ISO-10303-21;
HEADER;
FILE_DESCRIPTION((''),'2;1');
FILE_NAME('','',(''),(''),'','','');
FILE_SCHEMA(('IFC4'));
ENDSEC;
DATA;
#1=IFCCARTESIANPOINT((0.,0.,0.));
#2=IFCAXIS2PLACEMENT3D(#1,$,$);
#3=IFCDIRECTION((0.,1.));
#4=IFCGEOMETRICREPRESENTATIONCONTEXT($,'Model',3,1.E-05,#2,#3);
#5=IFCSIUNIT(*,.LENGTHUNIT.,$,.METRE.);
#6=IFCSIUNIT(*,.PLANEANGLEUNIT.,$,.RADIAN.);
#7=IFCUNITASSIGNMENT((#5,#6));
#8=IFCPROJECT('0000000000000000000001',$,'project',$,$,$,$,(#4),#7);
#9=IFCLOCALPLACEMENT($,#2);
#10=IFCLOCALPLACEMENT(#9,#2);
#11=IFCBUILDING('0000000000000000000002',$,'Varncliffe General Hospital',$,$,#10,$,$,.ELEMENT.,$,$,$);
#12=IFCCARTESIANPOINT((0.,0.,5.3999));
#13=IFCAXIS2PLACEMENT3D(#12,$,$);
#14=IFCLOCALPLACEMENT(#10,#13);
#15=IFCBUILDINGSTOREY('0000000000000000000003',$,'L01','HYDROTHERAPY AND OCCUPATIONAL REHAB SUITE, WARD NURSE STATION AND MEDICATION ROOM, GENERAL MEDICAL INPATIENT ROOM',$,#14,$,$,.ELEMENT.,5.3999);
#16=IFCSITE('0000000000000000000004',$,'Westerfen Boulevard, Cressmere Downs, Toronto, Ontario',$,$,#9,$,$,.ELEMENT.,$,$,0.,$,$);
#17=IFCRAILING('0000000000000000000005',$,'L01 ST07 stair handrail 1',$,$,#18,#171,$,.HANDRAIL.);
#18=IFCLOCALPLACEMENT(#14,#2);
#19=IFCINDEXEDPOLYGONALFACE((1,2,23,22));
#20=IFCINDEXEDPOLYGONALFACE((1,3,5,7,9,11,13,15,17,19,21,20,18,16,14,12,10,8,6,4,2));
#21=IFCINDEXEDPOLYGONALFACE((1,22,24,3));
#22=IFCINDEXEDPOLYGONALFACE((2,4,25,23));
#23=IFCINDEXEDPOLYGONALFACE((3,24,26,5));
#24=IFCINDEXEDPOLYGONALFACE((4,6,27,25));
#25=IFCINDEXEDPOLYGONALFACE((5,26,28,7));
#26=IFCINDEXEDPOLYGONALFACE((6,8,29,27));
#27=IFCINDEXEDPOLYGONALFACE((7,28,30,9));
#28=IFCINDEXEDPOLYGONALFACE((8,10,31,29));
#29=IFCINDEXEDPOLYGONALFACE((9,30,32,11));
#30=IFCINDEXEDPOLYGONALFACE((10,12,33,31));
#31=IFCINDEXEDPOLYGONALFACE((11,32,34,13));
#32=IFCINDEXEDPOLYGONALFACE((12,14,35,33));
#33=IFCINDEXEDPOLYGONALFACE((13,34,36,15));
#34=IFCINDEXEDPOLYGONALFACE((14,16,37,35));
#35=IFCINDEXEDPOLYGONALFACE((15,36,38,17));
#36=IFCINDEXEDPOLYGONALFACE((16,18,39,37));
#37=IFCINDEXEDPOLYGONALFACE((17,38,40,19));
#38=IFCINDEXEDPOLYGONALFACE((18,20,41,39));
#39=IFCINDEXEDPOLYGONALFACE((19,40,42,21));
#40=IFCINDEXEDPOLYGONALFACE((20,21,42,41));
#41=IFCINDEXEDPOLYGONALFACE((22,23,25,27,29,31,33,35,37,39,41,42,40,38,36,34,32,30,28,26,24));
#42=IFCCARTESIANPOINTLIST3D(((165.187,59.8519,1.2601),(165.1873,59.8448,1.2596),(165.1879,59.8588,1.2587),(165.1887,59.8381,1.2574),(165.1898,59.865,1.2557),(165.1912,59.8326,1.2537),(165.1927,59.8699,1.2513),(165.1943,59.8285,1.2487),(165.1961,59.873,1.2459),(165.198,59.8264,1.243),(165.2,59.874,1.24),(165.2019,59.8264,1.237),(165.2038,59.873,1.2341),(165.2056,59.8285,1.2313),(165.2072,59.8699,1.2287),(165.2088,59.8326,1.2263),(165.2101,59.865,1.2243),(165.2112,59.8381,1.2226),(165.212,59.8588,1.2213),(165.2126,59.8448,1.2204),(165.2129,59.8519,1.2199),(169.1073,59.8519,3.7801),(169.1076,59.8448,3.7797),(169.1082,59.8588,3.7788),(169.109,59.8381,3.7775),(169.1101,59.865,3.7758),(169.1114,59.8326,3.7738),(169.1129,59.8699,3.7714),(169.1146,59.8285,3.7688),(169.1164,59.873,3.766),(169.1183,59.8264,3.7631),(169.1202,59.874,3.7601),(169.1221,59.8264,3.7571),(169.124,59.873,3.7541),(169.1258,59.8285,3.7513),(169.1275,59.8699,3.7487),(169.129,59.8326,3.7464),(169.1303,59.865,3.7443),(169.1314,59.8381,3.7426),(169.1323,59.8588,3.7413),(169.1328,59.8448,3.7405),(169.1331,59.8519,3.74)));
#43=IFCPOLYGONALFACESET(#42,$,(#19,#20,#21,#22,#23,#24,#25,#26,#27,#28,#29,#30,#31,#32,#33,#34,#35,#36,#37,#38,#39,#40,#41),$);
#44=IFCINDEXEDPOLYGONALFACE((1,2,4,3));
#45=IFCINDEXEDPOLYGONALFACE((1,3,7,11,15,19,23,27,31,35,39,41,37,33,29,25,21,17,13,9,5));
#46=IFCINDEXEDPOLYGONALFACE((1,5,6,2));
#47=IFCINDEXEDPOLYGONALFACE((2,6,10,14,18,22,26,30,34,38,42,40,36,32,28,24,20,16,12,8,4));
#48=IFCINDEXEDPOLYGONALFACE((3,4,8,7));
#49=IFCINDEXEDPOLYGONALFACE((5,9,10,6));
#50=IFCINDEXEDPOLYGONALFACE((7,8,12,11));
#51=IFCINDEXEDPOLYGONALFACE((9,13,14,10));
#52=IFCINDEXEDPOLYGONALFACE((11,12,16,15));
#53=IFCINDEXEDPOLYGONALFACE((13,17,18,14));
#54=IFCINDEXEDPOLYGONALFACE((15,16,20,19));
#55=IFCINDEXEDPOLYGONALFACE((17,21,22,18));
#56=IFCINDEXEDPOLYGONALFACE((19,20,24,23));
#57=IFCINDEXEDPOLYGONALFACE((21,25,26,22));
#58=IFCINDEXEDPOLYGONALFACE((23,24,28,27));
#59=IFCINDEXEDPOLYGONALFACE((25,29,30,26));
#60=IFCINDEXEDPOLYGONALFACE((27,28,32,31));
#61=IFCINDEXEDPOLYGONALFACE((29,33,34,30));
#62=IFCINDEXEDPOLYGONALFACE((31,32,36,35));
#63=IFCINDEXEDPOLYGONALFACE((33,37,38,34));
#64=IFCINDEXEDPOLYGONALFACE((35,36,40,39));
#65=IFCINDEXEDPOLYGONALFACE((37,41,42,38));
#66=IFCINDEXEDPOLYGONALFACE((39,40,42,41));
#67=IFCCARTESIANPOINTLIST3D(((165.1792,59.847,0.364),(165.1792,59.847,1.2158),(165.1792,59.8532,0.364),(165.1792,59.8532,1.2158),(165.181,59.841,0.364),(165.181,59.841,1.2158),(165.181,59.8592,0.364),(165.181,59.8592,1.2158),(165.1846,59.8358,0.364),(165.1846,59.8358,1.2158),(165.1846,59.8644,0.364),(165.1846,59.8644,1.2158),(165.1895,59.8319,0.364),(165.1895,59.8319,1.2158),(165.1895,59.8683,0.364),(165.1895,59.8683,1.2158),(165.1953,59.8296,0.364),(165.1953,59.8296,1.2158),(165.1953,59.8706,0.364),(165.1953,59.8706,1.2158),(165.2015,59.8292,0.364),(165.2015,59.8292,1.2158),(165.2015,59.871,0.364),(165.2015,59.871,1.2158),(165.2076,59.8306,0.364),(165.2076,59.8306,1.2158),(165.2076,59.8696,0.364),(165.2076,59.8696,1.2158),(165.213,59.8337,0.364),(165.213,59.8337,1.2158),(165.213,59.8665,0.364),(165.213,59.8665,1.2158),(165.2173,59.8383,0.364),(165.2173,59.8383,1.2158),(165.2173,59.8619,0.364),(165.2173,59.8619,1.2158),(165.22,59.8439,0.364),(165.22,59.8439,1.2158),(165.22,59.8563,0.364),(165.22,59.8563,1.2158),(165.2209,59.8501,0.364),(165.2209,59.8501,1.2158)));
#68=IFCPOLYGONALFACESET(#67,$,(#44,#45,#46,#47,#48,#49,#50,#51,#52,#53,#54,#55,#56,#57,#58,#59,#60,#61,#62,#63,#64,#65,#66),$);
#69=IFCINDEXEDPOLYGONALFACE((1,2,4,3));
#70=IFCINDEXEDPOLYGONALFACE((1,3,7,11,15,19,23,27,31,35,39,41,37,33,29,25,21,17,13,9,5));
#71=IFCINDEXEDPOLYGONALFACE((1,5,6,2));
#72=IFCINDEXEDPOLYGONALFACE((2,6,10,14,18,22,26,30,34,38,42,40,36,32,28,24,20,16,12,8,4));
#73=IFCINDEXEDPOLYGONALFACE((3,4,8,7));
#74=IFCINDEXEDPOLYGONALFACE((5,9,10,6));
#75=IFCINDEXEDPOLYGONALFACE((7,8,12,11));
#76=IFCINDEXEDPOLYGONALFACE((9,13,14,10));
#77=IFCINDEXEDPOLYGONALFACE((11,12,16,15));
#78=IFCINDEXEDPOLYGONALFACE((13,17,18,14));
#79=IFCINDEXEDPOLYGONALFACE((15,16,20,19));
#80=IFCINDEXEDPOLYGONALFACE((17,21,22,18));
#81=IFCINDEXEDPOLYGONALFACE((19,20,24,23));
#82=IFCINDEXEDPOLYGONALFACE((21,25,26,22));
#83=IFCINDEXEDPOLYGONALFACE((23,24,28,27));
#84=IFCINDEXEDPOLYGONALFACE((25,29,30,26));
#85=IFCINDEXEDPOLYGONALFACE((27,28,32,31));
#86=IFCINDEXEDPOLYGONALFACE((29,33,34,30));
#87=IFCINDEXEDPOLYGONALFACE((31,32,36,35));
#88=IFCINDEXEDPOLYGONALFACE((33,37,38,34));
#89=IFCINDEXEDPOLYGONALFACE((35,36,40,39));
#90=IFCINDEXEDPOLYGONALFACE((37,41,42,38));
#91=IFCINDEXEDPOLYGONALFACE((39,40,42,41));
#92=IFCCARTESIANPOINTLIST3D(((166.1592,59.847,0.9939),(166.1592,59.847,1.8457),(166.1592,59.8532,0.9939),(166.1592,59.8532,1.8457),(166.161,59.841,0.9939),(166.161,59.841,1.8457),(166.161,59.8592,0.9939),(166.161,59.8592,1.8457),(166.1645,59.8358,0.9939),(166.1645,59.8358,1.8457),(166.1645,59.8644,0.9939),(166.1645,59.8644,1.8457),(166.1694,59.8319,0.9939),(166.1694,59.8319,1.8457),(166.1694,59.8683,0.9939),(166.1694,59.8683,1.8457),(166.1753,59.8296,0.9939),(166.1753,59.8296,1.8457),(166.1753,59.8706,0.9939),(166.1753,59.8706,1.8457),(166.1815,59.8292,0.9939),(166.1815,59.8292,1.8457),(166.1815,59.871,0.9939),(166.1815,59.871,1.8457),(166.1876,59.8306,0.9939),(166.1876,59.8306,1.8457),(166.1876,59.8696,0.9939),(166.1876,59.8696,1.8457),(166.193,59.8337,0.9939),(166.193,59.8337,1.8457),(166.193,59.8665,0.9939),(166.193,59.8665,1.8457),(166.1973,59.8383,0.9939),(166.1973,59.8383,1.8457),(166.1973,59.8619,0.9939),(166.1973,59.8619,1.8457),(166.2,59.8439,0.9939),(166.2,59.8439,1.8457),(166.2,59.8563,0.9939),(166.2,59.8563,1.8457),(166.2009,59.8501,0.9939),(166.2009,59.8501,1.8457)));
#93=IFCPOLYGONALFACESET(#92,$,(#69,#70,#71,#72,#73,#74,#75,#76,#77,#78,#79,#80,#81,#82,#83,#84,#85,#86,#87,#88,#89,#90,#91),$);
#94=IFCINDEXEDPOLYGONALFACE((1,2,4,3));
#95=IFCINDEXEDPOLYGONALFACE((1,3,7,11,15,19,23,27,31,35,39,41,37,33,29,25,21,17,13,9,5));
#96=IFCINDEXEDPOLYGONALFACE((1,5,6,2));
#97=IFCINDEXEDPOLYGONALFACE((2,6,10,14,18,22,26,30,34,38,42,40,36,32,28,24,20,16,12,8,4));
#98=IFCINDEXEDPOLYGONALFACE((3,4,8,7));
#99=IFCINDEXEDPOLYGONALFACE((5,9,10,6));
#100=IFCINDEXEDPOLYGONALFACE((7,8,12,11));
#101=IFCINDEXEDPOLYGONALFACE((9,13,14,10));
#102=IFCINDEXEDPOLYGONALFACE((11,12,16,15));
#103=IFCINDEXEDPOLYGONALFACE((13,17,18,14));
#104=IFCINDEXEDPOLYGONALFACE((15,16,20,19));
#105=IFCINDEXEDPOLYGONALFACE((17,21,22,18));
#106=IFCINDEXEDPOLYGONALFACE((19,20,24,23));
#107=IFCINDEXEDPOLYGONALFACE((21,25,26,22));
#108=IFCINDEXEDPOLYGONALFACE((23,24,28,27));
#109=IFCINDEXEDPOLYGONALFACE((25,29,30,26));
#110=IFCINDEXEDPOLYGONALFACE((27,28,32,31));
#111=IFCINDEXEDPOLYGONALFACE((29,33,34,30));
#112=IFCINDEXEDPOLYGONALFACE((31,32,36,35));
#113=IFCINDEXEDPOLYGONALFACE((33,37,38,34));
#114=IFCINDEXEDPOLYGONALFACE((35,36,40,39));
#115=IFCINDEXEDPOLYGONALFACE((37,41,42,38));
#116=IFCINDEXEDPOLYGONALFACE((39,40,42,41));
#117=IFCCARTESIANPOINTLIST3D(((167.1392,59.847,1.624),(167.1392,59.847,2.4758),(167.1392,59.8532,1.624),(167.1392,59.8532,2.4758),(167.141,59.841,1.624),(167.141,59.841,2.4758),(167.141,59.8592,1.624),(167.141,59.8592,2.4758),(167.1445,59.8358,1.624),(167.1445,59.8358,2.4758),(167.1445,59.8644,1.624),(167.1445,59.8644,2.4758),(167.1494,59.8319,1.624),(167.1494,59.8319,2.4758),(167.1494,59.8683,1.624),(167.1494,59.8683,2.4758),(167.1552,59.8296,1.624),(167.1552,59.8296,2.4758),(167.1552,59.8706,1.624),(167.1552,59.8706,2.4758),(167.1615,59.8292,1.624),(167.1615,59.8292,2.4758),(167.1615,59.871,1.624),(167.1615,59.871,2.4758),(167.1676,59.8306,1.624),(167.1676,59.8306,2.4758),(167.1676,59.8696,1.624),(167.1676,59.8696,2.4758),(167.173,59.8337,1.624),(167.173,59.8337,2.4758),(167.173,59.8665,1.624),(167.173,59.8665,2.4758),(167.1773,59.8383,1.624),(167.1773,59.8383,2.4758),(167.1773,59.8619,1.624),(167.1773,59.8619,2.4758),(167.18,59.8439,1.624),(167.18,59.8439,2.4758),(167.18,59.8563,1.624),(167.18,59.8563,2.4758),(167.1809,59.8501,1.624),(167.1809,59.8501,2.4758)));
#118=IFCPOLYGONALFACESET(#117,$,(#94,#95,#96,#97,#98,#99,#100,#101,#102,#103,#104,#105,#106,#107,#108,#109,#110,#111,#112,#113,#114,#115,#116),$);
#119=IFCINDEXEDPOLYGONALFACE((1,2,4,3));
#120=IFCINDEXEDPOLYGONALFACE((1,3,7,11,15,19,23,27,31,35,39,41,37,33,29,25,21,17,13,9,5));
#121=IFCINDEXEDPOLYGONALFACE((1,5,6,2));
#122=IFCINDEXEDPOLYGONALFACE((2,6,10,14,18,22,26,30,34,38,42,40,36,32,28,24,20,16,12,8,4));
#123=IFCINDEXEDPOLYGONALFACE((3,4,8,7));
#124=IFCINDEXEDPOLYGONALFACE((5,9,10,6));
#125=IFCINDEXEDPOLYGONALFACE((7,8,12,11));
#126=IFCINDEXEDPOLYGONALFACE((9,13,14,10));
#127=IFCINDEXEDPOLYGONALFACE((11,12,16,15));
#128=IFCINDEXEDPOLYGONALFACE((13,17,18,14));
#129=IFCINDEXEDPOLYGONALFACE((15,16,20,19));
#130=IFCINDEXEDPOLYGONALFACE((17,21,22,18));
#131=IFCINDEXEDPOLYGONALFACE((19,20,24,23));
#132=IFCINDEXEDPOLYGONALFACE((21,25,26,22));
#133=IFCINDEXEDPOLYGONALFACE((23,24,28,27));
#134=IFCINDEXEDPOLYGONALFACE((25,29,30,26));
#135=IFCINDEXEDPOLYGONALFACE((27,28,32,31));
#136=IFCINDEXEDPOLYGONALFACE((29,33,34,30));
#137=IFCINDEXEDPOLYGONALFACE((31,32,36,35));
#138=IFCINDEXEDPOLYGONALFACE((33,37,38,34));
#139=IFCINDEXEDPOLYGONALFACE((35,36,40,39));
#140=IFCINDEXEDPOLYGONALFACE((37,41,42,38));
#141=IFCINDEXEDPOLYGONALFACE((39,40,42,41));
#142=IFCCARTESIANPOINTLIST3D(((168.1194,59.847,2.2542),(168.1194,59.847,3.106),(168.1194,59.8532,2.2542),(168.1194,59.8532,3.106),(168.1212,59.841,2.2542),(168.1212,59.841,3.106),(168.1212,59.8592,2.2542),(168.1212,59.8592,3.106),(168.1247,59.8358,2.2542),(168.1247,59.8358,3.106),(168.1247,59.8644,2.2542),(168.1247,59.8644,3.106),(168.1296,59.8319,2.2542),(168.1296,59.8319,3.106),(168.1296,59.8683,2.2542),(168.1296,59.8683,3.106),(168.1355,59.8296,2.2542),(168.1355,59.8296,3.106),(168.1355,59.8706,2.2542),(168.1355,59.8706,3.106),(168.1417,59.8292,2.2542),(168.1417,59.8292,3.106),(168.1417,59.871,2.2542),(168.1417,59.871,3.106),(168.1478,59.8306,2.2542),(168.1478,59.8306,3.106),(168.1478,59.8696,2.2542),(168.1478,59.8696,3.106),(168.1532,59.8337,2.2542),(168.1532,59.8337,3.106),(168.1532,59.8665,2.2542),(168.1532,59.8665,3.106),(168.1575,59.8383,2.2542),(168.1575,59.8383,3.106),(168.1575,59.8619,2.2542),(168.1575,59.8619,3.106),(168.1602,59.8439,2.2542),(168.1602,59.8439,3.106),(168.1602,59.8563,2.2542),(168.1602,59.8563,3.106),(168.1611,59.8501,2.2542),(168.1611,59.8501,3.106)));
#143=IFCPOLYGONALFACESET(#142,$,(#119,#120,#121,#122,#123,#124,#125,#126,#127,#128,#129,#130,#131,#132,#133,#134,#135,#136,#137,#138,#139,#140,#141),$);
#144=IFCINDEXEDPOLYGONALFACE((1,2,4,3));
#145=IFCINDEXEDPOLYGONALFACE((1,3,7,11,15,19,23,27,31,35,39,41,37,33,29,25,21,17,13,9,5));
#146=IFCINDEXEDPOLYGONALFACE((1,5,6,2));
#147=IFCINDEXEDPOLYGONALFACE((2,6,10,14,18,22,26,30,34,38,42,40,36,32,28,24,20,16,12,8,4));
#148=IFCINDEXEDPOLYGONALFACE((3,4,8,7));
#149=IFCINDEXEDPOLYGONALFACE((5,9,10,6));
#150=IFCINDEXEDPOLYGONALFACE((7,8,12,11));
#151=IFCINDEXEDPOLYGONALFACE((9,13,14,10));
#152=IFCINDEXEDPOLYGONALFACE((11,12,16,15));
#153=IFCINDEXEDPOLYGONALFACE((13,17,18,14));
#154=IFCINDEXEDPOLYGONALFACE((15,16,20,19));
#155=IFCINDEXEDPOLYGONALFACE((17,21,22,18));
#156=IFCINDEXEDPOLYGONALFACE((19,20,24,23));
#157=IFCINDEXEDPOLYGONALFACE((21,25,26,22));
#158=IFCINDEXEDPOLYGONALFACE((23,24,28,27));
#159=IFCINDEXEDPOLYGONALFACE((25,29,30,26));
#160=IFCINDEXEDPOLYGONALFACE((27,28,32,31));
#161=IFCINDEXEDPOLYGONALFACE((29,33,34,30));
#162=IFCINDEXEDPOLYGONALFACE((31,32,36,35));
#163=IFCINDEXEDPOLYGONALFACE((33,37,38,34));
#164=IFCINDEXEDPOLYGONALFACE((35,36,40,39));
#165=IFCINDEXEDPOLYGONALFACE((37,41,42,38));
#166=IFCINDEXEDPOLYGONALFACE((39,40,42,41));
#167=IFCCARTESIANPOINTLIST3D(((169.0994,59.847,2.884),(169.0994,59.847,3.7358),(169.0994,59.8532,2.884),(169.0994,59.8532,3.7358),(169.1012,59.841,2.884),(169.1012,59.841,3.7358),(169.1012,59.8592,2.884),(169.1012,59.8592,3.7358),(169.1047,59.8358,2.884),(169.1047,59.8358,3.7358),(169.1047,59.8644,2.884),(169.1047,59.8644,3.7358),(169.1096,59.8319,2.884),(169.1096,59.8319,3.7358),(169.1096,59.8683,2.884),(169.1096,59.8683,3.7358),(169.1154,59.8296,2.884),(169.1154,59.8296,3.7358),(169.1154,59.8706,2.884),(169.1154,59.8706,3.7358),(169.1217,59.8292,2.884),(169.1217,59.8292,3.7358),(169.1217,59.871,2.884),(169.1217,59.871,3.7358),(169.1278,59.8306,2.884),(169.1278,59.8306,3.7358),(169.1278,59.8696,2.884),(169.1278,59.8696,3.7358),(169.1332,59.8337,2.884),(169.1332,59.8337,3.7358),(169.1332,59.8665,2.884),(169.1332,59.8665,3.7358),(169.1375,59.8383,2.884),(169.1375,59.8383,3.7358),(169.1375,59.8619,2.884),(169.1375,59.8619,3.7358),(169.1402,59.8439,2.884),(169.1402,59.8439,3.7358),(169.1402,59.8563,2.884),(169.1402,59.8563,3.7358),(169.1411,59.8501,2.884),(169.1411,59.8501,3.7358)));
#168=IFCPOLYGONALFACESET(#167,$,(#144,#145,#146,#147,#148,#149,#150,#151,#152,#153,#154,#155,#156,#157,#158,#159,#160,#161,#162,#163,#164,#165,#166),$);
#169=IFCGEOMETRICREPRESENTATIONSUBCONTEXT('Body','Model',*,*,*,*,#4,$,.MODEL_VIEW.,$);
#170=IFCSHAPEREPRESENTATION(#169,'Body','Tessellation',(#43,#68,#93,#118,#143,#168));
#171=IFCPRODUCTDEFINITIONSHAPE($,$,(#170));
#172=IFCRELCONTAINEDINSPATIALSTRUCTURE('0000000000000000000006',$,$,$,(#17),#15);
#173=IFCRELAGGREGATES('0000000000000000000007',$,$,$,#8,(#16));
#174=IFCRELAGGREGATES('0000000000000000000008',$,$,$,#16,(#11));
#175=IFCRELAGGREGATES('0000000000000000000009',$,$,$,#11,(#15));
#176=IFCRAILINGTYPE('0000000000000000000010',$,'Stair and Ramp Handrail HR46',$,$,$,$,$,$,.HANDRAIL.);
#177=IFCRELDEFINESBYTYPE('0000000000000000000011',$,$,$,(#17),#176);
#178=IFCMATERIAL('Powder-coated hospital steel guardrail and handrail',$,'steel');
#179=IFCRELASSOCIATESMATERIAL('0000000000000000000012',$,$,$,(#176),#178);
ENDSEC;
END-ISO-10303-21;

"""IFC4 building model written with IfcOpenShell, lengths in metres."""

from ifc_helpers import new_model, si_unit, direction, frame, origin, origin_2d, place, context, subcontext, project, spatial, circle, extrude, material, type_object, element, save


model = new_model("IFC4")

# Units and contexts
model_context = context("Model", 3, precision=1e-05, world=origin(), true_north=direction((0.0, 1.0)))
body_context = subcontext(model_context, "Body", "Model", "MODEL_VIEW")
ifc_project = project(units=[si_unit("LENGTHUNIT", "METRE"), si_unit("PLANEANGLEUNIT", "RADIAN")], contexts=[model_context])

# Site, building, storey
site_placement = place(None, origin())
site = spatial("IfcSite", under=ifc_project, at=site_placement, Name="Westerfen Boulevard, Cressmere Downs, Toronto, Ontario", CompositionType="ELEMENT", RefElevation=0.0)
building_placement = place(site_placement, origin())
building = spatial("IfcBuilding", under=site, at=building_placement, Name="Varncliffe General Hospital", CompositionType="ELEMENT")
storey_placement = place(building_placement, frame((0.0, 0.0, 5.3999)))
storey = spatial("IfcBuildingStorey", under=building, at=storey_placement, Name="L01", Description="HYDROTHERAPY AND OCCUPATIONAL REHAB SUITE, WARD NURSE STATION AND MEDICATION ROOM, GENERAL MEDICAL INPATIENT ROOM", CompositionType="ELEMENT", Elevation=5.3999)

# Railing
ifc_material_1 = material(Name="Powder-coated hospital steel guardrail and handrail", Category="steel")
railing_type_1 = type_object("IfcRailingType", Name="Stair and Ramp Handrail HR46", PredefinedType="HANDRAIL", material=ifc_material_1)
railing_1_placement = place(storey_placement, frame((165.2, 59.8501, 0.364)))
element("IfcRailing", 1, at=railing_1_placement, inside=storey, type_object=railing_type_1, Name="L01 ST07 stair handrail 1", PredefinedType="HANDRAIL", context=body_context, shape_type="SweptSolid", body=[
    extrude(circle(Radius=0.0239, at=origin_2d()), frame((0.0, 0.0, 0.876), z_axis=(0.841187, 0.0, 0.540744), x_axis=(0.0, 1.0, 0.0)), (0.0, 0.0, 1.0), 4.6604),
    extrude(circle(Radius=0.021, at=origin_2d()), origin(), (0.0, 0.0, 1.0), 0.8518),
    extrude(circle(Radius=0.021, at=origin_2d()), frame((0.98, 0.0, 0.6299)), (0.0, 0.0, 1.0), 0.8518),
    extrude(circle(Radius=0.021, at=origin_2d()), frame((1.96, 0.0, 1.26)), (0.0, 0.0, 1.0), 0.8518),
    extrude(circle(Radius=0.021, at=origin_2d()), frame((2.9402, 0.0, 1.8901)), (0.0, 0.0, 1.0), 0.8518),
    extrude(circle(Radius=0.021, at=origin_2d()), frame((3.9202, 0.0, 2.52)), (0.0, 0.0, 1.0), 0.8518),
])

save(model, "model.ifc")
